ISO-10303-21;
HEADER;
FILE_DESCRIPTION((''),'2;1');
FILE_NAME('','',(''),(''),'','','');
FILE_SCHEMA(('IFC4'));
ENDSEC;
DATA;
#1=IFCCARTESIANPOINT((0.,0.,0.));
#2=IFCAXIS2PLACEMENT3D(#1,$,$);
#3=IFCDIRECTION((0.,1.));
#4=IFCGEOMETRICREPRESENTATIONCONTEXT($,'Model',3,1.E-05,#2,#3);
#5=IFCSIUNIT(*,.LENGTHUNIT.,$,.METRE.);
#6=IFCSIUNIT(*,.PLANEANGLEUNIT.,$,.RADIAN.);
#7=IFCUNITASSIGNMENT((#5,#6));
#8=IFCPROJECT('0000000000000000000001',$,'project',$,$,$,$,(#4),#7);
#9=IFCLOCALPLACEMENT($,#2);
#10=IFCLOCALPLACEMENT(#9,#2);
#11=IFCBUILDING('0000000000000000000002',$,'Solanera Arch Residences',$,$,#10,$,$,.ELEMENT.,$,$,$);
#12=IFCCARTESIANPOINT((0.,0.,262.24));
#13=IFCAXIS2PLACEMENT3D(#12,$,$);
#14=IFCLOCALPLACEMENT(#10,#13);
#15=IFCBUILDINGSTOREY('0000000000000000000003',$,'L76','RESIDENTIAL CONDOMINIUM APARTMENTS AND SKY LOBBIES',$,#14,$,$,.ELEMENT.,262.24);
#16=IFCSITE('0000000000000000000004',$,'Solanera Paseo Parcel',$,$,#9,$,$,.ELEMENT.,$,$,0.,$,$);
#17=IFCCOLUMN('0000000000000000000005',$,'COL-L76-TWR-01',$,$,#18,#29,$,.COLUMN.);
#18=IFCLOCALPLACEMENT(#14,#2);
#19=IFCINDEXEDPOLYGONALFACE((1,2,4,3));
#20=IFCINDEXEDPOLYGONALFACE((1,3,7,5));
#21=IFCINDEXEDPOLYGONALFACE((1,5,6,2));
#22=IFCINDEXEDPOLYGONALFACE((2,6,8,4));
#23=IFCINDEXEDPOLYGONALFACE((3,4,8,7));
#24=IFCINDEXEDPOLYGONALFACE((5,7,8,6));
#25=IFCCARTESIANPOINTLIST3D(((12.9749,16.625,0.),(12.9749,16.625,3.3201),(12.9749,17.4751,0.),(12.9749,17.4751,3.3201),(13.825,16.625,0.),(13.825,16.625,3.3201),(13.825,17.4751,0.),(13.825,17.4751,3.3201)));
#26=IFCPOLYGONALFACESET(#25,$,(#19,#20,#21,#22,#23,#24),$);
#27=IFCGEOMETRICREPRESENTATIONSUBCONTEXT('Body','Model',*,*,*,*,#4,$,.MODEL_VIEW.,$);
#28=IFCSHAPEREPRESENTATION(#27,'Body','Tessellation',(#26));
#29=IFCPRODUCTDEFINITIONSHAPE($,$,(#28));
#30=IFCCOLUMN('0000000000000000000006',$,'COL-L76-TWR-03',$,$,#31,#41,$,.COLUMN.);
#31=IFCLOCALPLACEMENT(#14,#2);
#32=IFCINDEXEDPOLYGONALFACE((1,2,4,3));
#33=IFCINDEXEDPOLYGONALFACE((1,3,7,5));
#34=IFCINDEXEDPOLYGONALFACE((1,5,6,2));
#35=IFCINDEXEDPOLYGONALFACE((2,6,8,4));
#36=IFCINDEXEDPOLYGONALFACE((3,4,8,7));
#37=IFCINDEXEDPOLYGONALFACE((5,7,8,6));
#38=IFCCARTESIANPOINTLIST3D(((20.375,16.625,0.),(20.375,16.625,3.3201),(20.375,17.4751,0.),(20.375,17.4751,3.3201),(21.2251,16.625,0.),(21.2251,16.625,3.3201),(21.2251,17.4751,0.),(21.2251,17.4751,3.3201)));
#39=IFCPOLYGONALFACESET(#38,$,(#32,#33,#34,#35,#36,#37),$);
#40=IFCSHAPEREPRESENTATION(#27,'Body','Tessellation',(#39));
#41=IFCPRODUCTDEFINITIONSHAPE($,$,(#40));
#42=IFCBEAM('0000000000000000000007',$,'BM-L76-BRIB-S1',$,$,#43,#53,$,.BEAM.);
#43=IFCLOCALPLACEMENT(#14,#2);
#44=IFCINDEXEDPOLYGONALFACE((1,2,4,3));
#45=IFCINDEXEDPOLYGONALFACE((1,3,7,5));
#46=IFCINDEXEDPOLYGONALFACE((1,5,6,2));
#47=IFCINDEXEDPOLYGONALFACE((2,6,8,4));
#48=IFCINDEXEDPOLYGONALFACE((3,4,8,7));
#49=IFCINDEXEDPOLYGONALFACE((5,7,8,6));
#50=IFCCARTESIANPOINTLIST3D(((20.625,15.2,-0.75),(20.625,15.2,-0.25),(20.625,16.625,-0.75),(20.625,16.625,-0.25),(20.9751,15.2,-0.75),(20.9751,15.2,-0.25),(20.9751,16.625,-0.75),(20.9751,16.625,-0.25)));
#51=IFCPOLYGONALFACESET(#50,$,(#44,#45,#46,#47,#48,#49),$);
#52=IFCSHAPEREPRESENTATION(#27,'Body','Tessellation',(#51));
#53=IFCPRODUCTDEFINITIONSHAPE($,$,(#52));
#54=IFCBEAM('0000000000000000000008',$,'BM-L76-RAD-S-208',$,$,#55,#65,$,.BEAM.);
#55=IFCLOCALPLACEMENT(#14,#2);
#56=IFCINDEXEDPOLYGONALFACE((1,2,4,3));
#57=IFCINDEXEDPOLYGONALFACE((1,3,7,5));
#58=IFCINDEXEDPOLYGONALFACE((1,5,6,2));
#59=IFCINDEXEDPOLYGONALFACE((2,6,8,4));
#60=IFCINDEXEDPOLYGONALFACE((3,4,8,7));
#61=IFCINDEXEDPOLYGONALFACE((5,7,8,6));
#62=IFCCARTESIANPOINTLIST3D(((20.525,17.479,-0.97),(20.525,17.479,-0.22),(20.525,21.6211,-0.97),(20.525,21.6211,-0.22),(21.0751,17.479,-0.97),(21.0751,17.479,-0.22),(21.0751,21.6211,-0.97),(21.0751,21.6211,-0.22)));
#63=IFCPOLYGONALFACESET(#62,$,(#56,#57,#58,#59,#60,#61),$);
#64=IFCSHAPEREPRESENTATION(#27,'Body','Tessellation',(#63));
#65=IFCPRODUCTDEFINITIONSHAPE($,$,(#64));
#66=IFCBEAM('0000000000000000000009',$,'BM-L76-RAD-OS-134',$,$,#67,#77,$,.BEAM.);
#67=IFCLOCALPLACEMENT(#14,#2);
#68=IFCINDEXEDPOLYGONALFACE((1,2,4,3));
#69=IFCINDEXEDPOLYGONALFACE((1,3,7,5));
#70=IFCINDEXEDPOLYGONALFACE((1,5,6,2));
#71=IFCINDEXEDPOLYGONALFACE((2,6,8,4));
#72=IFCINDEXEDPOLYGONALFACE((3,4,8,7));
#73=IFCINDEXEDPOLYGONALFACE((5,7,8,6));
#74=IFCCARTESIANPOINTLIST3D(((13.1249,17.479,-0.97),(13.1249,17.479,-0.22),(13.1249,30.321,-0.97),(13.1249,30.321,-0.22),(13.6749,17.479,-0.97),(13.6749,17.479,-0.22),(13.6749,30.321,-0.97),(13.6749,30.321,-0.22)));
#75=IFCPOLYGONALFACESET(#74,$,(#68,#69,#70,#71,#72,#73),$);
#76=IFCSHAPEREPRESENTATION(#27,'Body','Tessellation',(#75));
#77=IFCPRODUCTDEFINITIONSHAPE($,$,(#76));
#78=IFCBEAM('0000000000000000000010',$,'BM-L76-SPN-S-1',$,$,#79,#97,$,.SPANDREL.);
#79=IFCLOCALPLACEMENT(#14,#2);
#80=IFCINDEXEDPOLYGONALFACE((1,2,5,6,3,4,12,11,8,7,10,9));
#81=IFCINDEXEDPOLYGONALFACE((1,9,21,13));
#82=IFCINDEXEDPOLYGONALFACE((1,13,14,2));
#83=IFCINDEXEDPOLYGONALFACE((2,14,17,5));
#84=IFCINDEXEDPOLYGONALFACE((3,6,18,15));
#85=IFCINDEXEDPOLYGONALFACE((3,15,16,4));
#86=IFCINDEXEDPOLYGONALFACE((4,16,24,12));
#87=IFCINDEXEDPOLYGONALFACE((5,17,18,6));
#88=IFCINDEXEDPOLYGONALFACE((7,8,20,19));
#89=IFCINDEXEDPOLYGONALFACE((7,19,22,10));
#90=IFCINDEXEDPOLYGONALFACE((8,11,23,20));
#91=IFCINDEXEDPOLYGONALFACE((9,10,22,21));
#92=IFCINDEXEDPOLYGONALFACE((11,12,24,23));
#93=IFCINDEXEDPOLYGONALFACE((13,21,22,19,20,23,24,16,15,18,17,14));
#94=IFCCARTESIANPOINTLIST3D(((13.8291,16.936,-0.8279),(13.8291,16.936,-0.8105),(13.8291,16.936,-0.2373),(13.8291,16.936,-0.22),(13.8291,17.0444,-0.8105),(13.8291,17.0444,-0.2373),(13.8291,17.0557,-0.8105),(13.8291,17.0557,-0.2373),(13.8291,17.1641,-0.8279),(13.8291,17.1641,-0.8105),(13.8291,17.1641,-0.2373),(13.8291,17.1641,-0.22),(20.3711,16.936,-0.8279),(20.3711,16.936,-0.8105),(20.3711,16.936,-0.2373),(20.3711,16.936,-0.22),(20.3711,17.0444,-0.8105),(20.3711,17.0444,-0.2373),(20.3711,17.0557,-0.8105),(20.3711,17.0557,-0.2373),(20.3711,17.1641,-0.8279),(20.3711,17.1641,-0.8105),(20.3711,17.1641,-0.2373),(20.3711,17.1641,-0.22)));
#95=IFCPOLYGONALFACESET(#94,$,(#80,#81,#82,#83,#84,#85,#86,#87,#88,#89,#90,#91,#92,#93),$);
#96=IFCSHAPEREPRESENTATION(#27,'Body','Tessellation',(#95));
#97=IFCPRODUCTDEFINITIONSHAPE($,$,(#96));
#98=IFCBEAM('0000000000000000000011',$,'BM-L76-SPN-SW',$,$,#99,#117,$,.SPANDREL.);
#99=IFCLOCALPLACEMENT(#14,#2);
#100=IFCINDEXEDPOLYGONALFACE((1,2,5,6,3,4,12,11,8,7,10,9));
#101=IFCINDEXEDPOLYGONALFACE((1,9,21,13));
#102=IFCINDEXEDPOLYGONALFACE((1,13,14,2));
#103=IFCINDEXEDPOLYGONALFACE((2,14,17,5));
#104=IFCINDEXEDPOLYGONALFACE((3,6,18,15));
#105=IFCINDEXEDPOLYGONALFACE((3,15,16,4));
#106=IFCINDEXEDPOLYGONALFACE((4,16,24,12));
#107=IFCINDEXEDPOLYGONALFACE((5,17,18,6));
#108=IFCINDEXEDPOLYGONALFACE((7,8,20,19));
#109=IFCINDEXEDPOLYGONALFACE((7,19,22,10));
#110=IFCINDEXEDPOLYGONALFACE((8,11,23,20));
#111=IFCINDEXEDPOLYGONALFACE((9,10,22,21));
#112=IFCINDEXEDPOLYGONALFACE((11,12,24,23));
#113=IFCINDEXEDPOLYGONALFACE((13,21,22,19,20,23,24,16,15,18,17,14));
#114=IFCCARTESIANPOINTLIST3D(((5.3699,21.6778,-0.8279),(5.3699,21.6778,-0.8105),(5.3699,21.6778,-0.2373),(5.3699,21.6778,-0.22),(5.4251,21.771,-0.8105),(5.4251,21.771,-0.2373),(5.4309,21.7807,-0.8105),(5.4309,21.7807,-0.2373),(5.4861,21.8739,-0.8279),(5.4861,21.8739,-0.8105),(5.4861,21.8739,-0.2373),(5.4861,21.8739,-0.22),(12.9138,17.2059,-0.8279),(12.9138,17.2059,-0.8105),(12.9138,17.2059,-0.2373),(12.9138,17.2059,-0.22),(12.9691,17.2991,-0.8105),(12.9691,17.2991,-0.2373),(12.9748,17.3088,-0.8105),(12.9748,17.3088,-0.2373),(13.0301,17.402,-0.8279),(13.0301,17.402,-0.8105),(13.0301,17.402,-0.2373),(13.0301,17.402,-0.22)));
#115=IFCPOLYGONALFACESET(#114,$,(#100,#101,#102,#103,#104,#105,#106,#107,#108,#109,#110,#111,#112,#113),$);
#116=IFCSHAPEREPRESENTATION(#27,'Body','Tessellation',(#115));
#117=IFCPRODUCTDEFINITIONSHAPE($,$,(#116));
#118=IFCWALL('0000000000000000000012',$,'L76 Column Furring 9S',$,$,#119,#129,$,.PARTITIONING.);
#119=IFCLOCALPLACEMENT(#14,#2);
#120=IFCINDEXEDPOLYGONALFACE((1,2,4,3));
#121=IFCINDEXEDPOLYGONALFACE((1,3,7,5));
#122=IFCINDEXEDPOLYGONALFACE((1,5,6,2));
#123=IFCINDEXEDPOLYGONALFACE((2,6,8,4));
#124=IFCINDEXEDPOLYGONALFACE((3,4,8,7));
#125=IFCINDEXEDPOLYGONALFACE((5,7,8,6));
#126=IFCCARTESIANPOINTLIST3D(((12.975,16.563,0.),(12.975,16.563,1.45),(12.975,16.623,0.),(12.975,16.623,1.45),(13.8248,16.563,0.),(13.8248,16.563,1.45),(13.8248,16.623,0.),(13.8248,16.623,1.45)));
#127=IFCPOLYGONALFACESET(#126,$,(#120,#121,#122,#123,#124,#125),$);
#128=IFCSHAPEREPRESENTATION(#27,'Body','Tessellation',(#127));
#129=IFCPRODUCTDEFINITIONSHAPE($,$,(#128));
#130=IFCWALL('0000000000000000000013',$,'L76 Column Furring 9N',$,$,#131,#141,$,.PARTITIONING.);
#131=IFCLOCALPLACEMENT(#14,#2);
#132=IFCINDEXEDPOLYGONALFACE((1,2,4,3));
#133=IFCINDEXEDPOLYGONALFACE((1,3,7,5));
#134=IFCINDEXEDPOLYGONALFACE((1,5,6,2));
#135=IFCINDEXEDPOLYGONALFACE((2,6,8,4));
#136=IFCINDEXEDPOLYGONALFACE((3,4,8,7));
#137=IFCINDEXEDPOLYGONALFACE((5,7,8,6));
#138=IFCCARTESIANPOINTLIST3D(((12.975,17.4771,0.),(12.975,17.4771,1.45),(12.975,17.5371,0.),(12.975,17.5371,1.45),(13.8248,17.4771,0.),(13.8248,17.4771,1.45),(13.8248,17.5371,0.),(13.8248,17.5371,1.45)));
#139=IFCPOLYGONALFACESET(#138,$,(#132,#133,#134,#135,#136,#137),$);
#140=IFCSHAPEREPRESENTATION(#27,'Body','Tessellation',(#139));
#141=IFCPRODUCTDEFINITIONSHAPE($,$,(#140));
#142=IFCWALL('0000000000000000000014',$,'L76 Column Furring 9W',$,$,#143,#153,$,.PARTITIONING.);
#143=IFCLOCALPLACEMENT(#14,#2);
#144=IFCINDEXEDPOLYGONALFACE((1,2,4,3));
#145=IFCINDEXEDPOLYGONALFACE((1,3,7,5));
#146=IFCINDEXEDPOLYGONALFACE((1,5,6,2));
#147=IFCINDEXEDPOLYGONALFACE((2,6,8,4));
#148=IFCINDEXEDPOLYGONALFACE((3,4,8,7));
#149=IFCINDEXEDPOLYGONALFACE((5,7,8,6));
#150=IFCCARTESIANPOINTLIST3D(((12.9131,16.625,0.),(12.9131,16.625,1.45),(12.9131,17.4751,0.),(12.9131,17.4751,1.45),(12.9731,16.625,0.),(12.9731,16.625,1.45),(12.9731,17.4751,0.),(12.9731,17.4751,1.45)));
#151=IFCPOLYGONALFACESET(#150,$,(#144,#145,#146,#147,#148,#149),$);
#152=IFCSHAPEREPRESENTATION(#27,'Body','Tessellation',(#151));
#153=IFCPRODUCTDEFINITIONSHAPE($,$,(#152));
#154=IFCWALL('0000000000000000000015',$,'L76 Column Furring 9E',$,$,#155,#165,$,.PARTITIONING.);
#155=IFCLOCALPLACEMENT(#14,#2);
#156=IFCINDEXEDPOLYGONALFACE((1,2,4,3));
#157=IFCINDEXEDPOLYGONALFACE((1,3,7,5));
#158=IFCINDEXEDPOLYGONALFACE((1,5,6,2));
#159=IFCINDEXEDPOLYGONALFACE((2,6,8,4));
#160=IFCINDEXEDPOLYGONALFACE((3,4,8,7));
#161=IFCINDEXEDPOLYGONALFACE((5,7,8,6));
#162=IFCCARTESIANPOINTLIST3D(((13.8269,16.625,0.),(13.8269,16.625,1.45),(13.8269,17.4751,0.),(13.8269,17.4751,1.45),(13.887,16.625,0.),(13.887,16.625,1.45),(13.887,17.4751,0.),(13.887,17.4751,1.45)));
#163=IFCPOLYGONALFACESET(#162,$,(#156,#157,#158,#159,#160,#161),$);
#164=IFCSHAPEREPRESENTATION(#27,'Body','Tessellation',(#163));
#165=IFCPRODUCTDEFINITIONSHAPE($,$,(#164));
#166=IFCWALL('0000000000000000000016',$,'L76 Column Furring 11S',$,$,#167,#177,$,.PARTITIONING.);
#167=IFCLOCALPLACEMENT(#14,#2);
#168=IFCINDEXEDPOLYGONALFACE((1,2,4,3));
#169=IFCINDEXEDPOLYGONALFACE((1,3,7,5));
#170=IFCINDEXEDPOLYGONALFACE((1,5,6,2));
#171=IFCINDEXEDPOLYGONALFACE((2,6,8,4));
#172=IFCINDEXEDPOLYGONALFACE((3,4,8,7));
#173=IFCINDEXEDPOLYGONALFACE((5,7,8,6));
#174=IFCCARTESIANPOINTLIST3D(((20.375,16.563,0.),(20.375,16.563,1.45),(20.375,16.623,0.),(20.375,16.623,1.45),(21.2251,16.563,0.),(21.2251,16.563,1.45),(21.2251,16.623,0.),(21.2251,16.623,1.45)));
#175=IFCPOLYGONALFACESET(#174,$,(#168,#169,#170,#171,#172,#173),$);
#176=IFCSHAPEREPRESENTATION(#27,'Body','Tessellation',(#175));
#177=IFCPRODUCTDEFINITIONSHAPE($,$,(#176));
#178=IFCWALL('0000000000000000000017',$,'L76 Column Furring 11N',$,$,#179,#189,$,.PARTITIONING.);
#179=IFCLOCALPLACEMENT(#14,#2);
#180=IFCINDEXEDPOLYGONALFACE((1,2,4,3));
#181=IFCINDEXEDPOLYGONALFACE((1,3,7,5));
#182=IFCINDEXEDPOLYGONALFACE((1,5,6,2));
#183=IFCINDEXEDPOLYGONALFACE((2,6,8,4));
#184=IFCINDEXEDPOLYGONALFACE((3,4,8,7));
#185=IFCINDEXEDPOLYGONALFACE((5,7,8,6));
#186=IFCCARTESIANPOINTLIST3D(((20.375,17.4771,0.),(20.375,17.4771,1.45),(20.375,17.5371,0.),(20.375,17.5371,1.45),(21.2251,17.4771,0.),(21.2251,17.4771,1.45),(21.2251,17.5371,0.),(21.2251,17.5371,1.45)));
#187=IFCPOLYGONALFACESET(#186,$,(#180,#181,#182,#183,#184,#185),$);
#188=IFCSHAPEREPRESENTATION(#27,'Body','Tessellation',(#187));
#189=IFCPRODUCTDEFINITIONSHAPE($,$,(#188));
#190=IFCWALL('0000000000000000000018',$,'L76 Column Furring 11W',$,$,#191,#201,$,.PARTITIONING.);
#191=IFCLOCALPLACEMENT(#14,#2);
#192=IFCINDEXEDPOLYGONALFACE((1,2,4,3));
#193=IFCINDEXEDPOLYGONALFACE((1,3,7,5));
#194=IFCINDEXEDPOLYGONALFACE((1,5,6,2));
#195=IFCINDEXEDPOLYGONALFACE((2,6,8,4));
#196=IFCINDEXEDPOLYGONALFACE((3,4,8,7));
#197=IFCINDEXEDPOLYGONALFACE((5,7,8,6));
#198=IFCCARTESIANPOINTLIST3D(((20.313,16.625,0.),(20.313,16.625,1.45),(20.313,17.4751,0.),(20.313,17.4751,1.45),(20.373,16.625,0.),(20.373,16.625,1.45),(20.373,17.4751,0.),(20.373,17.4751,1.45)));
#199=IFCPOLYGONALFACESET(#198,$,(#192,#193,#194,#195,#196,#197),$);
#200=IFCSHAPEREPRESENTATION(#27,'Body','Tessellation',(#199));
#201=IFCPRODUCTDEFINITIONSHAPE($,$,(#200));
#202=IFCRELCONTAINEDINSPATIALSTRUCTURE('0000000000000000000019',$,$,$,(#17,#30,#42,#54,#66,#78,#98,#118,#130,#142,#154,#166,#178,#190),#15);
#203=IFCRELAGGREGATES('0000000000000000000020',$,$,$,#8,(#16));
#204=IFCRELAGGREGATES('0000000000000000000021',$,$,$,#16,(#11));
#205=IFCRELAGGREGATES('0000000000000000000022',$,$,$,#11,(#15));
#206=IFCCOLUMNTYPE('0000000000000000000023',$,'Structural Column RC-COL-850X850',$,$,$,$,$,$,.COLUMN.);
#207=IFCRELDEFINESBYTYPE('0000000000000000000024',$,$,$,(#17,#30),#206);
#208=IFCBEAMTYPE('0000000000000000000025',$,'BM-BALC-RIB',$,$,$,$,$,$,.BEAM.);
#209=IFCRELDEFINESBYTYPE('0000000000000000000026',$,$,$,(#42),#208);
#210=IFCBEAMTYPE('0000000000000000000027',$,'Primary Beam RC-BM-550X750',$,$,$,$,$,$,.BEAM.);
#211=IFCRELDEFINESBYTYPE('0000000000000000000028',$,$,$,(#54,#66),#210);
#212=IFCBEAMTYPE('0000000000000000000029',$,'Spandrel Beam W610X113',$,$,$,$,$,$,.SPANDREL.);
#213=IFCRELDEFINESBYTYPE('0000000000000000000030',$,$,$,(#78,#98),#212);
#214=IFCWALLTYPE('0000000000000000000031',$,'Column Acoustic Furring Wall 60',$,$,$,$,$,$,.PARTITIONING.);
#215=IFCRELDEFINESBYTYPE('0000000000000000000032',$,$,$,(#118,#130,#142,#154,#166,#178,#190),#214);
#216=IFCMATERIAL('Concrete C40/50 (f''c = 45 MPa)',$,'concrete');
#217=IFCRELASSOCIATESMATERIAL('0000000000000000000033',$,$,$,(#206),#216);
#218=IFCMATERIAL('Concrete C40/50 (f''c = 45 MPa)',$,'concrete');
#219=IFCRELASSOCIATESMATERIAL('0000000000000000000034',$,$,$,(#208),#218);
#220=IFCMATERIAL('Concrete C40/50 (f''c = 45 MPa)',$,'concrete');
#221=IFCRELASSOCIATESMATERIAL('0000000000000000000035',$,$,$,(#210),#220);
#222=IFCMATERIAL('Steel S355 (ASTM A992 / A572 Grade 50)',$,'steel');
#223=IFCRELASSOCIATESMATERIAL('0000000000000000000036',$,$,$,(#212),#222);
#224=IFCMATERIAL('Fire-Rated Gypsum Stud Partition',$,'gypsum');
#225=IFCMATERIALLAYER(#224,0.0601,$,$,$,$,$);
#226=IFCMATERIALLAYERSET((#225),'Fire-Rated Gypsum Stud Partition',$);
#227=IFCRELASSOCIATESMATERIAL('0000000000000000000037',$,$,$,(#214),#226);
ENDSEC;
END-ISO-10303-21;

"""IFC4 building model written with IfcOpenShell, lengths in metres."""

from ifc_helpers import new_model, si_unit, direction, frame, frame_2d, origin, origin_2d, place, context, subcontext, project, spatial, rectangle, i_section, extrude, material, layer, layer_set, material_profile, profile_set, type_object, element, save


model = new_model("IFC4")

# Units and contexts
model_context = context("Model", 3, precision=1e-05, world=origin(), true_north=direction((0.0, 1.0)))
body_context = subcontext(model_context, "Body", "Model", "MODEL_VIEW")
ifc_project = project(units=[si_unit("LENGTHUNIT", "METRE"), si_unit("PLANEANGLEUNIT", "RADIAN")], contexts=[model_context])

# Site, building, storey
site_placement = place(None, origin())
site = spatial("IfcSite", under=ifc_project, at=site_placement, Name="Solanera Paseo Parcel", CompositionType="ELEMENT", RefElevation=0.0)
building_placement = place(site_placement, origin())
building = spatial("IfcBuilding", under=site, at=building_placement, Name="Solanera Arch Residences", CompositionType="ELEMENT")
storey_placement = place(building_placement, frame((0.0, 0.0, 262.24)))
storey = spatial("IfcBuildingStorey", under=building, at=storey_placement, Name="L76", Description="RESIDENTIAL CONDOMINIUM APARTMENTS AND SKY LOBBIES", CompositionType="ELEMENT", Elevation=262.24)

# Columns
ifc_material_1 = material(Name="Concrete C40/50 (f'c = 45 MPa)", Category="concrete")
ifc_material_profile_1 = material_profile(ifc_material_1, rectangle(XDim=0.8501, YDim=0.8501, at=origin_2d()))
ifc_profile_set_1 = profile_set([ifc_material_profile_1], Name="Concrete C40/50 (f'c = 45 MPa)")
column_type = type_object("IfcColumnType", Name="Structural Column RC-COL-850X850", PredefinedType="COLUMN", material=ifc_profile_set_1)
for number, where, z_axis, x_axis, name in (
    (1, (13.3999, 17.05, 0.0), (0.0, 0.0, 1.0), (1.0, 0.0, 0.0), "COL-L76-TWR-01"),
    (2, (20.8, 17.05, 0.0), (0.0, 0.0, 1.0), (1.0, 0.0, 0.0), "COL-L76-TWR-03"),
):
    element("IfcColumn", number, at=place(storey_placement, frame(where, z_axis=z_axis, x_axis=x_axis)), inside=storey, type_object=column_type, Name=name, PredefinedType="COLUMN", context=body_context, shape_type="SweptSolid", body=[
        extrude(rectangle(XDim=0.8501, YDim=0.8501, at=origin_2d()), origin(), (0.0, 0.0, 1.0), 3.3201),
    ])

# Beams
ifc_material_2 = material(Name="Concrete C40/50 (f'c = 45 MPa)", Category="concrete")
ifc_material_profile_2 = material_profile(ifc_material_2, rectangle(XDim=0.3501, YDim=0.5, at=origin_2d()))
ifc_profile_set_2 = profile_set([ifc_material_profile_2], Name="Concrete C40/50 (f'c = 45 MPa)")
beam_type_1 = type_object("IfcBeamType", Name="BM-BALC-RIB", PredefinedType="BEAM", material=ifc_profile_set_2)
beam_1_placement = place(storey_placement, frame((20.8, 15.2, -0.5), z_axis=(0.0, 1.0, 0.0), x_axis=(-1.0, 0.0, 0.0)))
element("IfcBeam", 3, at=beam_1_placement, inside=storey, type_object=beam_type_1, Name="BM-L76-BRIB-S1", PredefinedType="BEAM", context=body_context, shape_type="SweptSolid", body=[
    extrude(rectangle(XDim=0.3501, YDim=0.5, at=origin_2d()), origin(), (0.0, 0.0, 1.0), 1.425),
])
ifc_material_3 = material(Name="Concrete C40/50 (f'c = 45 MPa)", Category="concrete")
ifc_material_profile_3 = material_profile(ifc_material_3, rectangle(XDim=0.55, YDim=0.75, at=origin_2d()))
ifc_profile_set_3 = profile_set([ifc_material_profile_3], Name="Concrete C40/50 (f'c = 45 MPa)")
beam_type_2 = type_object("IfcBeamType", Name="Primary Beam RC-BM-550X750", PredefinedType="BEAM", material=ifc_profile_set_3)
beam_2_placement = place(storey_placement, frame((20.8, 17.479, -0.595), z_axis=(0.0, 1.0, 0.0), x_axis=(-1.0, 0.0, 0.0)))
element("IfcBeam", 4, at=beam_2_placement, inside=storey, type_object=beam_type_2, Name="BM-L76-RAD-S-208", PredefinedType="BEAM", context=body_context, shape_type="SweptSolid", body=[
    extrude(rectangle(XDim=0.55, YDim=0.75, at=origin_2d()), origin(), (0.0, 0.0, 1.0), 4.1421),
])
beam_3_placement = place(storey_placement, frame((13.3999, 17.479, -0.595), z_axis=(0.0, 1.0, 0.0), x_axis=(-1.0, 0.0, 0.0)))
element("IfcBeam", 5, at=beam_3_placement, inside=storey, type_object=beam_type_2, Name="BM-L76-RAD-OS-134", PredefinedType="BEAM", context=body_context, shape_type="SweptSolid", body=[
    extrude(rectangle(XDim=0.55, YDim=0.75, at=origin_2d()), origin(), (0.0, 0.0, 1.0), 12.842),
])
ifc_material_4 = material(Name="Steel S355 (ASTM A992 / A572 Grade 50)", Category="steel")
ifc_material_profile_4 = material_profile(ifc_material_4, i_section(OverallWidth=0.228, OverallDepth=0.6079, WebThickness=0.0112, FlangeThickness=0.0173, at=origin_2d()))
ifc_profile_set_4 = profile_set([ifc_material_profile_4], Name="Steel S355 (ASTM A992 / A572 Grade 50)")
beam_type_3 = type_object("IfcBeamType", Name="Spandrel Beam W610X113", PredefinedType="SPANDREL", material=ifc_profile_set_4)
beam_4_placement = place(storey_placement, frame((13.8291, 17.05, -0.5239), z_axis=(1.0, 0.0, 0.0), x_axis=(0.0, 1.0, 0.0)))
element("IfcBeam", 6, at=beam_4_placement, inside=storey, type_object=beam_type_3, Name="BM-L76-SPN-S-1", PredefinedType="SPANDREL", context=body_context, shape_type="SweptSolid", body=[
    extrude(i_section(OverallWidth=0.228, OverallDepth=0.6079, WebThickness=0.0112, FlangeThickness=0.0173, at=origin_2d()), origin(), (0.0, 0.0, 1.0), 6.542),
])
beam_5_placement = place(storey_placement, frame((12.9719, 17.304, -0.5239), z_axis=(-0.86022, 0.509924, 0.0), x_axis=(-0.509924, -0.86022, 0.0)))
element("IfcBeam", 7, at=beam_5_placement, inside=storey, type_object=beam_type_3, Name="BM-L76-SPN-SW", PredefinedType="SPANDREL", context=body_context, shape_type="SweptSolid", body=[
    extrude(i_section(OverallWidth=0.228, OverallDepth=0.6079, WebThickness=0.0112, FlangeThickness=0.0173, at=origin_2d()), origin(), (0.0, 0.0, 1.0), 8.7698),
])

# Walls
ifc_material_5 = material(Name="Fire-Rated Gypsum Stud Partition", Category="gypsum")
ifc_layer_1 = layer(ifc_material_5, 0.0601)
ifc_layer_set_1 = layer_set([ifc_layer_1], Name="Fire-Rated Gypsum Stud Partition")
wall_type_1 = type_object("IfcWallType", Name="Column Acoustic Furring Wall 60", PredefinedType="PARTITIONING", material=ifc_layer_set_1)
for number, where, z_axis, x_axis, name in (
    (8, (12.9751, 16.593, 0.0), (0.0, 0.0, 1.0), (1.0, 0.0, 0.0), "L76 Column Furring 9S"),
    (9, (12.9751, 17.5071, 0.0), (0.0, 0.0, 1.0), (1.0, 0.0, 0.0), "L76 Column Furring 9N"),
):
    element("IfcWall", number, at=place(storey_placement, frame(where, z_axis=z_axis, x_axis=x_axis)), inside=storey, type_object=wall_type_1, Name=name, PredefinedType="PARTITIONING", context=body_context, shape_type="SweptSolid", body=[
        extrude(rectangle(XDim=0.8499, YDim=0.0601, at=frame_2d((0.4248, 0.0))), origin(), (0.0, 0.0, 1.0), 1.45),
    ])
for number, where, z_axis, x_axis, name in (
    (10, (12.9431, 16.625, 0.0), (0.0, 0.0, 1.0), (0.0, 1.0, 0.0), "L76 Column Furring 9W"),
    (11, (13.8569, 16.625, 0.0), (0.0, 0.0, 1.0), (0.0, 1.0, 0.0), "L76 Column Furring 9E"),
    (12, (20.375, 16.593, 0.0), (0.0, 0.0, 1.0), (1.0, 0.0, 0.0), "L76 Column Furring 11S"),
    (13, (20.375, 17.5071, 0.0), (0.0, 0.0, 1.0), (1.0, 0.0, 0.0), "L76 Column Furring 11N"),
    (14, (20.343, 16.625, 0.0), (0.0, 0.0, 1.0), (0.0, 1.0, 0.0), "L76 Column Furring 11W"),
):
    element("IfcWall", number, at=place(storey_placement, frame(where, z_axis=z_axis, x_axis=x_axis)), inside=storey, type_object=wall_type_1, Name=name, PredefinedType="PARTITIONING", context=body_context, shape_type="SweptSolid", body=[
        extrude(rectangle(XDim=0.8501, YDim=0.0601, at=frame_2d((0.425, 0.0))), origin(), (0.0, 0.0, 1.0), 1.45),
    ])

save(model, "model.ifc")
